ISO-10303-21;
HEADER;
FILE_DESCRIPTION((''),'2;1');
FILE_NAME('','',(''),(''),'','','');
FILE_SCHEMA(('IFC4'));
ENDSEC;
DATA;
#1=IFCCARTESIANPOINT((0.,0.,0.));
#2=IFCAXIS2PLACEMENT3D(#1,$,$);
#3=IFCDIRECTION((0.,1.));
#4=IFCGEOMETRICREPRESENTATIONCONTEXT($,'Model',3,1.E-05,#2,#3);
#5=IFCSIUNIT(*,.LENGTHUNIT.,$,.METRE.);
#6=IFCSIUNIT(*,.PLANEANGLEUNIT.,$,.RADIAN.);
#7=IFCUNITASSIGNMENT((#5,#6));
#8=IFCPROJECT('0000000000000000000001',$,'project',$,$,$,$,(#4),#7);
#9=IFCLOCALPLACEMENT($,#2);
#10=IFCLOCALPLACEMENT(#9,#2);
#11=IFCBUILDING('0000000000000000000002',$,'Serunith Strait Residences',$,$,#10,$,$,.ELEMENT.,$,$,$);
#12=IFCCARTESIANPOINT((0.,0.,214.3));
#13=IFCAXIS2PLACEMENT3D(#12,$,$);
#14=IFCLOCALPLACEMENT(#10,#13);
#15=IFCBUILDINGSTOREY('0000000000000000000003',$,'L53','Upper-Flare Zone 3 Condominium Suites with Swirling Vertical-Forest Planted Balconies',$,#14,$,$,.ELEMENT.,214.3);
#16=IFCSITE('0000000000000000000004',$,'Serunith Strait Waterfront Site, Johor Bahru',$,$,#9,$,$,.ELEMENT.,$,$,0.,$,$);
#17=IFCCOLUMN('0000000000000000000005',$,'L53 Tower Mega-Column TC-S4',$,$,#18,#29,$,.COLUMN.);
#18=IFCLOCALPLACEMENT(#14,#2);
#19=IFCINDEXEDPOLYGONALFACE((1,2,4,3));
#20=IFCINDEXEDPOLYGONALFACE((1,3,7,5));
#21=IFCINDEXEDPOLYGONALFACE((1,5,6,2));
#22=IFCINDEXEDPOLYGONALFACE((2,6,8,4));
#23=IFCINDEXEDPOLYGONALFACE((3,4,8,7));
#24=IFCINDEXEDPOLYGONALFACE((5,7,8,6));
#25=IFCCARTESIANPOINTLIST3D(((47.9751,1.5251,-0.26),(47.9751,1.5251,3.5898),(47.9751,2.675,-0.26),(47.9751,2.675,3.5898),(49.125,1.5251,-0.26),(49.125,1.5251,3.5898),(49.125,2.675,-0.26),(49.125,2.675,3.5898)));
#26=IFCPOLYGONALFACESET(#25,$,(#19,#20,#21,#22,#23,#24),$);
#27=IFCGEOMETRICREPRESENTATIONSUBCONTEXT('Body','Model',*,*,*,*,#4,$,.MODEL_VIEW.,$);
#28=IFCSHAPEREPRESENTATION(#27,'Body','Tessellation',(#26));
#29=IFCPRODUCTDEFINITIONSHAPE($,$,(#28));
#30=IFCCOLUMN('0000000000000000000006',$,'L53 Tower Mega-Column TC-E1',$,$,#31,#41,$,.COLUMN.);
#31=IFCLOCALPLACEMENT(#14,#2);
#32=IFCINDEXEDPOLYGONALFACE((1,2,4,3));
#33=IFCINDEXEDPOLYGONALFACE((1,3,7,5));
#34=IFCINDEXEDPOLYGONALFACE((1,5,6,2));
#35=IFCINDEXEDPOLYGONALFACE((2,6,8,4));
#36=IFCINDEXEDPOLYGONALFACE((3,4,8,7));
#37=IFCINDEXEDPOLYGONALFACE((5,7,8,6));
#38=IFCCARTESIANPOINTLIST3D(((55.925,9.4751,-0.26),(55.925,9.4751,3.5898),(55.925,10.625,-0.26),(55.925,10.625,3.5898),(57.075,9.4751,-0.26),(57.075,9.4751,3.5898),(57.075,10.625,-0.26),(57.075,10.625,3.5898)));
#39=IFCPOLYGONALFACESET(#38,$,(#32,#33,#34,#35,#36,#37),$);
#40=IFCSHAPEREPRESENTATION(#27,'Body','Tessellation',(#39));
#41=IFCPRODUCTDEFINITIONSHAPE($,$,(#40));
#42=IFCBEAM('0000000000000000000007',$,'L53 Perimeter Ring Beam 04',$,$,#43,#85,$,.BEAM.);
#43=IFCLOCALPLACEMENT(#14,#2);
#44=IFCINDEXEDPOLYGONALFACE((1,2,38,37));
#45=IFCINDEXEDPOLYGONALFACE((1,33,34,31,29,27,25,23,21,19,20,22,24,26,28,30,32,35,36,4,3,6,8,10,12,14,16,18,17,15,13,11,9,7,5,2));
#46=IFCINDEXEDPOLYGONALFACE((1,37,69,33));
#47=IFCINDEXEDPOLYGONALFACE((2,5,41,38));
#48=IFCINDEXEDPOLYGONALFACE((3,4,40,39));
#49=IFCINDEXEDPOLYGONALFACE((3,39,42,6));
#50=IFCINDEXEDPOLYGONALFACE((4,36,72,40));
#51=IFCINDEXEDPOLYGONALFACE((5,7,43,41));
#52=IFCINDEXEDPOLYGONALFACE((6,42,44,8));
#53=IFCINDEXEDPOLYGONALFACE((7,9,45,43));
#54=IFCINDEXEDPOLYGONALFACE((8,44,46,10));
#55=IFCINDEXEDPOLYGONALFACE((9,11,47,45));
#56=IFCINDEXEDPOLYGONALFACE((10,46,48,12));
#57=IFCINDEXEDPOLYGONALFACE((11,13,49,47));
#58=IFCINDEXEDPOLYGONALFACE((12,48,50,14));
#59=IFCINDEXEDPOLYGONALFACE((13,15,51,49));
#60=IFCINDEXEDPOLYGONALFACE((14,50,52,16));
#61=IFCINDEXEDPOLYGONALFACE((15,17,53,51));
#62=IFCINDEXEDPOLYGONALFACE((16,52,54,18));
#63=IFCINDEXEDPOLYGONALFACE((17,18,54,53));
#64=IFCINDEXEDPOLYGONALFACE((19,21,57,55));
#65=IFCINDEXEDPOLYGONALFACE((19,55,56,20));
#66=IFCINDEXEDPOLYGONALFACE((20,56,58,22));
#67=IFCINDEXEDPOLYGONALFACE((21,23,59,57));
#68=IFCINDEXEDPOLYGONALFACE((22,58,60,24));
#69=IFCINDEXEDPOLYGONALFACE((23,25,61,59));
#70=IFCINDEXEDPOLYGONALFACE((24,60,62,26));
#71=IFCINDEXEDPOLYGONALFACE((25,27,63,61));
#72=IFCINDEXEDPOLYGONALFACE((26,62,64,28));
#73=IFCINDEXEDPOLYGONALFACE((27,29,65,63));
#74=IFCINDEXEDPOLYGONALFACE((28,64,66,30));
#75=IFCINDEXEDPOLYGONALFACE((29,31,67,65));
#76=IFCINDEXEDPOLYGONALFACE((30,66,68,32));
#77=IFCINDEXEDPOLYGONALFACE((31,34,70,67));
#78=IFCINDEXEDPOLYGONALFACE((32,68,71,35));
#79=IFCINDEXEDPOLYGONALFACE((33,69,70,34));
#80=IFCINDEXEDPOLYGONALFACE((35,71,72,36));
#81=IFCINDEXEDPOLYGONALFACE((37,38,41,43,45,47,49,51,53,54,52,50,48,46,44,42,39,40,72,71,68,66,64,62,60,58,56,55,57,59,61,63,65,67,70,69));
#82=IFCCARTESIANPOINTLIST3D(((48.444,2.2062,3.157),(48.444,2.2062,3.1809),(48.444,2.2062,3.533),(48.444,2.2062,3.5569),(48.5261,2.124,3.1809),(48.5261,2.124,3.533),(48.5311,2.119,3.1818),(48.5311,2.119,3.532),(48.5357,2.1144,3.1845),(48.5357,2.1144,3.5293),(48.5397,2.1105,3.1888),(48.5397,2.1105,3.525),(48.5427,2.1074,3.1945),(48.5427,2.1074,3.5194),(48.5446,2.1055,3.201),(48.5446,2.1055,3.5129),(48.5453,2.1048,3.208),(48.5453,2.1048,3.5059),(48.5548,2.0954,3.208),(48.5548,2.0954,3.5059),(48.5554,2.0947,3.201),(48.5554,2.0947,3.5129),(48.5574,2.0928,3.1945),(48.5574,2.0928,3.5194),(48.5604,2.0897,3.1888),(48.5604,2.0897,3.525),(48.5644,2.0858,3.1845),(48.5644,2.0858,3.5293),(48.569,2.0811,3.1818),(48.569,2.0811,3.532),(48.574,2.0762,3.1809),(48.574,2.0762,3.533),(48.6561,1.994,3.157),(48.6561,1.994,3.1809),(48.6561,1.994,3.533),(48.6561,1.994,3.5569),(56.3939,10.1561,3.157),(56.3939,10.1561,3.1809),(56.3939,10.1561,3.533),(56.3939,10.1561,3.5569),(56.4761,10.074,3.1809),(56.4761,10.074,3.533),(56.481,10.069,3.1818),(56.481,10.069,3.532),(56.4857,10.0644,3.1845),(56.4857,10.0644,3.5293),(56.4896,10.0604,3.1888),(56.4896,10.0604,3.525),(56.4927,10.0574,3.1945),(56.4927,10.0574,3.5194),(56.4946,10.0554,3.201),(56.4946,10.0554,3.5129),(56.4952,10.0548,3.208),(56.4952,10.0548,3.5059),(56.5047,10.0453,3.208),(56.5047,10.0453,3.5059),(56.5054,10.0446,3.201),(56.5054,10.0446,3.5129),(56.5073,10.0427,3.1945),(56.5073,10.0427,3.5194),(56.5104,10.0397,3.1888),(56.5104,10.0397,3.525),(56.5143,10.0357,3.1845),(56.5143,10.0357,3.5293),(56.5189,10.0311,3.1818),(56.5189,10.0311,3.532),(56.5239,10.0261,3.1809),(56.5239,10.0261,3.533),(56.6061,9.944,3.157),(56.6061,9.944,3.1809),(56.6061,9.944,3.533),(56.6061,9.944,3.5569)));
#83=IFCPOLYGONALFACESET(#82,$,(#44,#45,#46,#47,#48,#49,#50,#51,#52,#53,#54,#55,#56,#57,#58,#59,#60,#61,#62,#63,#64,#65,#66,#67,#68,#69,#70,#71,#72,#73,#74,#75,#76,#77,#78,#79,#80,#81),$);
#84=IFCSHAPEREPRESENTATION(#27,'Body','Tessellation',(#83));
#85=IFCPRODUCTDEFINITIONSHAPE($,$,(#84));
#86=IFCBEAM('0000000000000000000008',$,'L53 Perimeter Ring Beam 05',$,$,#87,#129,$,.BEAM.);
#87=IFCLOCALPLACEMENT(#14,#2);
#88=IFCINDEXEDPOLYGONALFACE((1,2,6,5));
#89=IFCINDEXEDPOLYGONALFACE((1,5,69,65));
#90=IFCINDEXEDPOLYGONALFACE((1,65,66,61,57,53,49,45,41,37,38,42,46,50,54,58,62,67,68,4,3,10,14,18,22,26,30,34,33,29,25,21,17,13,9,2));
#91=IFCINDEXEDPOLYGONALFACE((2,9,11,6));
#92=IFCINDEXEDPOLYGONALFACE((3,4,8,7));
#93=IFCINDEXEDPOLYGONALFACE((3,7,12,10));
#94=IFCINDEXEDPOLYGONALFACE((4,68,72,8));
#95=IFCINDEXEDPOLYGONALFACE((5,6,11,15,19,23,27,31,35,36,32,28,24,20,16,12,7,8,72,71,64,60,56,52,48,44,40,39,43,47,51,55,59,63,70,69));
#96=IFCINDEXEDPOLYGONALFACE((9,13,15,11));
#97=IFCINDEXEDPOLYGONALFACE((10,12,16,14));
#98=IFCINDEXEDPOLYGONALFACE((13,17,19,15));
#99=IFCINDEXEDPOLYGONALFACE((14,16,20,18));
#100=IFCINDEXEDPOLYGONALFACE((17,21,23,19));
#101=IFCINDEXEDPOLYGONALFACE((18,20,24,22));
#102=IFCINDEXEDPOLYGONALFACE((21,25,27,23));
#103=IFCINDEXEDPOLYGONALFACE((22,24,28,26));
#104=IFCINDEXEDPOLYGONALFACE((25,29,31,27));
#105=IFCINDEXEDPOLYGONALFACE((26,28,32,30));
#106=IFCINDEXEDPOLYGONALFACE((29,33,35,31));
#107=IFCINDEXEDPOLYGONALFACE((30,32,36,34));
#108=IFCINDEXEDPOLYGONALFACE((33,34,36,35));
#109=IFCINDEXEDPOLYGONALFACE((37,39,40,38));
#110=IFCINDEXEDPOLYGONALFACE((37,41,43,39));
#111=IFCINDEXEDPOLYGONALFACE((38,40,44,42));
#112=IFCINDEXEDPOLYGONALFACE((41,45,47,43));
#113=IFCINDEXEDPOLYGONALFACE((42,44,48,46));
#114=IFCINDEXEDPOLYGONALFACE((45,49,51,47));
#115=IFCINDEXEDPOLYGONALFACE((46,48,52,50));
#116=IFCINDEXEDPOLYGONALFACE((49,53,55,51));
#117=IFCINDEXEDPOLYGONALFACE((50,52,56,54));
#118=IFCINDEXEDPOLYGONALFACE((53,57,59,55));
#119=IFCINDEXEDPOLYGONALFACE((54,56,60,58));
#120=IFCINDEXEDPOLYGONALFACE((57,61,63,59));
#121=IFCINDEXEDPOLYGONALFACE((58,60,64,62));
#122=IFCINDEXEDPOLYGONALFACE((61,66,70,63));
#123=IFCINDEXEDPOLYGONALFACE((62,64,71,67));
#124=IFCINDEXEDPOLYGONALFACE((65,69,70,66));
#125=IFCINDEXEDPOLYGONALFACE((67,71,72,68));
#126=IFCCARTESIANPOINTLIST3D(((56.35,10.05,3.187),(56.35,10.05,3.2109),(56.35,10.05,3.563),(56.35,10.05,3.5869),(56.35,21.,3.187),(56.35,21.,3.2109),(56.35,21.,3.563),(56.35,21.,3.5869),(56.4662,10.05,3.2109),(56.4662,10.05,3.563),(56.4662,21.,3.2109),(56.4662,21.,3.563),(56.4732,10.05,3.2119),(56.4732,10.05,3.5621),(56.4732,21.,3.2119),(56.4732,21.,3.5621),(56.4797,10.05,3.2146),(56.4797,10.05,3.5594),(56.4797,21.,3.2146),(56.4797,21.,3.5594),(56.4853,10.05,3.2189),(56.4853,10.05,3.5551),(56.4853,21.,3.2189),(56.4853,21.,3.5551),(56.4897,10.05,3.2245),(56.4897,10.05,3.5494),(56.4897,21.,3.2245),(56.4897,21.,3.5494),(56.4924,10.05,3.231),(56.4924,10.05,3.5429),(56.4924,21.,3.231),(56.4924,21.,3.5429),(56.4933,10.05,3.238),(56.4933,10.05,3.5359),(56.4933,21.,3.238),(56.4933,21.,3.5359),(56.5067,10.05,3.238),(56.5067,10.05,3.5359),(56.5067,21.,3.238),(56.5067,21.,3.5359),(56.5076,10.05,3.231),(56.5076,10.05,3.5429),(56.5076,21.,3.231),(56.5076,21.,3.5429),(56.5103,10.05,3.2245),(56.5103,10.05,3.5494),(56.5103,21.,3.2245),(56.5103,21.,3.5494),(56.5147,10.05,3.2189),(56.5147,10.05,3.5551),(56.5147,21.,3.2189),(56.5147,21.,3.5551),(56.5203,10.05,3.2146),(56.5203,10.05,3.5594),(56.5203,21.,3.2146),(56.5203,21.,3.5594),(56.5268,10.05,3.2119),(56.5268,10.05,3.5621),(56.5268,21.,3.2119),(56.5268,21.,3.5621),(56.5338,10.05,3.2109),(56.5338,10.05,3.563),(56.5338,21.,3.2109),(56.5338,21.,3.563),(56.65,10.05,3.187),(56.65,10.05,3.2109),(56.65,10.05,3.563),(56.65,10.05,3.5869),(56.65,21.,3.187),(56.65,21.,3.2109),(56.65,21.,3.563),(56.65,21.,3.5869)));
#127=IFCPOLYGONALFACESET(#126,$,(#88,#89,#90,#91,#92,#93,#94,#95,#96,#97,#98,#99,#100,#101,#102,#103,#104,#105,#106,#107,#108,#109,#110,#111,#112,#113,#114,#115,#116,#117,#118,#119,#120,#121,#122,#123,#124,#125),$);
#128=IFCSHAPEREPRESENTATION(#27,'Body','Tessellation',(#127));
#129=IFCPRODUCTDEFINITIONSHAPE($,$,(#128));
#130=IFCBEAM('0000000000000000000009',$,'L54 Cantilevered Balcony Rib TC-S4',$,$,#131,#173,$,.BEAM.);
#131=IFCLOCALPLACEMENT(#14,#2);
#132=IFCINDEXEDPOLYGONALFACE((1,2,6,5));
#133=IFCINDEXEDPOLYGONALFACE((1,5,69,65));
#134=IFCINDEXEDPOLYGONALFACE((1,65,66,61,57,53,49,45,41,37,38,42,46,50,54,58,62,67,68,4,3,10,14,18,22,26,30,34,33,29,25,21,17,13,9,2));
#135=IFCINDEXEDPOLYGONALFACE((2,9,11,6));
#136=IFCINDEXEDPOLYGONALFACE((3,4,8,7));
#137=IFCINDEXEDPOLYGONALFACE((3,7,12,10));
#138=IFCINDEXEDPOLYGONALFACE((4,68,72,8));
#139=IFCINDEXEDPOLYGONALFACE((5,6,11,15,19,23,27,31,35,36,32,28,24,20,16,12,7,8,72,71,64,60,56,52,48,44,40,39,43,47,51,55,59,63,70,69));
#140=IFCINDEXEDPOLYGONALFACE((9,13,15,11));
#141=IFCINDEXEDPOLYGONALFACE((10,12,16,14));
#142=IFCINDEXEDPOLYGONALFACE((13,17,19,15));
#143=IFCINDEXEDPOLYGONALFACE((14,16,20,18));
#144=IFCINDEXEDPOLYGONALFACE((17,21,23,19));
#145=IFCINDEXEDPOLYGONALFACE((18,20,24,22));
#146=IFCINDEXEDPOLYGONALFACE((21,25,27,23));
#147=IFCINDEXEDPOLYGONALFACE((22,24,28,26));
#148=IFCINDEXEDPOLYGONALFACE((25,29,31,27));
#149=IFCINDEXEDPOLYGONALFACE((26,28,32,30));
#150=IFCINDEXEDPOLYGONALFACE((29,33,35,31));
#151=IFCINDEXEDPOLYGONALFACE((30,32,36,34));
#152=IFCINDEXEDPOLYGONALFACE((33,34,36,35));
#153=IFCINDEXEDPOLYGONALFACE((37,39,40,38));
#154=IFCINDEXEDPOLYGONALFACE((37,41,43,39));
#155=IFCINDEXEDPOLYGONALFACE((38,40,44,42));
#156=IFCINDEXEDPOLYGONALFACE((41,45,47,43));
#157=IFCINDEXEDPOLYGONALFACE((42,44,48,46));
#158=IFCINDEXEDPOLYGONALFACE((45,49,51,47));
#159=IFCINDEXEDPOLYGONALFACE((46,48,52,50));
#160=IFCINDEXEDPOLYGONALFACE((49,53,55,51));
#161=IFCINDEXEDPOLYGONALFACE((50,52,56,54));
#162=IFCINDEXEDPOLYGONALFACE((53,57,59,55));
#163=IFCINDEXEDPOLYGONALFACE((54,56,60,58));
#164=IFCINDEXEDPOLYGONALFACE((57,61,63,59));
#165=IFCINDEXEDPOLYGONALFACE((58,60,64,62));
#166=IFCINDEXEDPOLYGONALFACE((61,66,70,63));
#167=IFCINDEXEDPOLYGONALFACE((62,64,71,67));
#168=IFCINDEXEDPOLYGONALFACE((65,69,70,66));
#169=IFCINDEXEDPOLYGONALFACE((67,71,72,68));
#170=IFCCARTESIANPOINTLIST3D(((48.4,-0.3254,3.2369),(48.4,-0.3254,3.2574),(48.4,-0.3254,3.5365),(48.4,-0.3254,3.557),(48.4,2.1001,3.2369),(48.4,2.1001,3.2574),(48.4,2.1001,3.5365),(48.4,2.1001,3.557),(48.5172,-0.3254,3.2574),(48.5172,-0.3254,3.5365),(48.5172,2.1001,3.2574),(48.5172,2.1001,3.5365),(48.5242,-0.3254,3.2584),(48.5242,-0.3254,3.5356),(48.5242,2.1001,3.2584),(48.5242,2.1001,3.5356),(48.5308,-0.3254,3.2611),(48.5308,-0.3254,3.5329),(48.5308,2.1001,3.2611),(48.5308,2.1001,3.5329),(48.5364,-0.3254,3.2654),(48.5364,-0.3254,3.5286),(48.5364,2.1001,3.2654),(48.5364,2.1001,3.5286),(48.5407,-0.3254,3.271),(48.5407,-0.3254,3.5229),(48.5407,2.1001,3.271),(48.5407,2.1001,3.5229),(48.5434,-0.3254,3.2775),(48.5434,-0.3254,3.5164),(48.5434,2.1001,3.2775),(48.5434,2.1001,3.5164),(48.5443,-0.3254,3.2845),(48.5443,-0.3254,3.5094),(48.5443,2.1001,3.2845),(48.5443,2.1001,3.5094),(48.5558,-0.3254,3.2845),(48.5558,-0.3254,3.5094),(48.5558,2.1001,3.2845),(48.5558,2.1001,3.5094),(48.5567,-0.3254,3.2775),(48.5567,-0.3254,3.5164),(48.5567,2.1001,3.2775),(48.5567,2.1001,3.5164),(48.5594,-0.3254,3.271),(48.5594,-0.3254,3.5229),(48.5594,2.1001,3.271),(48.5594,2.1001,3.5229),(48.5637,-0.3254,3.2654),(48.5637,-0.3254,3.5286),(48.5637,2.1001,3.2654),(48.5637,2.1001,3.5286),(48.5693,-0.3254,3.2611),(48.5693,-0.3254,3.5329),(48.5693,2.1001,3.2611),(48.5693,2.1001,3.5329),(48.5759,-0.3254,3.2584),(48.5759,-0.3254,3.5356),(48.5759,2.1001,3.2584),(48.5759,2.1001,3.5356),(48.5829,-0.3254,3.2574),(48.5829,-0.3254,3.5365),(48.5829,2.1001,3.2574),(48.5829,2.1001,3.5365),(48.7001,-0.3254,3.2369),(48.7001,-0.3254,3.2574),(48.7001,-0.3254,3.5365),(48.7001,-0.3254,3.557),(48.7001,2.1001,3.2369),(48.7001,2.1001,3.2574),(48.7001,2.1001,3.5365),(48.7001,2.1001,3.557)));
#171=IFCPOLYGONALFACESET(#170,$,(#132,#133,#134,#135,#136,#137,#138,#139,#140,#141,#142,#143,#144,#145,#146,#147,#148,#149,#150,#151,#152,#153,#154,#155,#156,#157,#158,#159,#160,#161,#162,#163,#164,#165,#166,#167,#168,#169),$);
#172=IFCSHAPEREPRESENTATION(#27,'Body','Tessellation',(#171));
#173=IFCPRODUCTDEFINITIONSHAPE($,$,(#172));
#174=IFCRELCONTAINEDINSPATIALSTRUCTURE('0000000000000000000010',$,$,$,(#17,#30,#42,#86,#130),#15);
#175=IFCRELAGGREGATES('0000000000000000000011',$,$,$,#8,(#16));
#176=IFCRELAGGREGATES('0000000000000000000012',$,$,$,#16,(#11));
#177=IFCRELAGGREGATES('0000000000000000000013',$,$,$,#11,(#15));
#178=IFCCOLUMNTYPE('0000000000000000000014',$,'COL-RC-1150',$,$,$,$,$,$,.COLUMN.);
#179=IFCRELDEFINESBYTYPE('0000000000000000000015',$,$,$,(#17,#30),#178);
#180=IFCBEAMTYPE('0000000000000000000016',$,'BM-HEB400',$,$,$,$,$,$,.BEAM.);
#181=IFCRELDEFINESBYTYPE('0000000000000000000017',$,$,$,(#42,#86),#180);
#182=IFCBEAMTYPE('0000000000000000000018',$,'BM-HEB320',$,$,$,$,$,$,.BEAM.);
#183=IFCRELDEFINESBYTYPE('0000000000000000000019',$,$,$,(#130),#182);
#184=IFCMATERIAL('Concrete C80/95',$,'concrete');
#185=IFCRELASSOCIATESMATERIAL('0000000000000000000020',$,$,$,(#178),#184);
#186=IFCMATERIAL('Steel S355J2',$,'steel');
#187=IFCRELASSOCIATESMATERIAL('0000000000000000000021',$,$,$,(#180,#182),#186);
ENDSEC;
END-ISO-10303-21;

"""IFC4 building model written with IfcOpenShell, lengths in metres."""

from ifc_helpers import new_model, si_unit, direction, frame, origin, origin_2d, place, context, subcontext, project, spatial, rectangle, i_section, extrude, source, transform, mapped, material, material_profile, profile_set, type_object, element, save


model = new_model("IFC4")

# Units and contexts
model_context = context("Model", 3, precision=1e-05, world=origin(), true_north=direction((0.0, 1.0)))
body_context = subcontext(model_context, "Body", "Model", "MODEL_VIEW")
ifc_project = project(units=[si_unit("LENGTHUNIT", "METRE"), si_unit("PLANEANGLEUNIT", "RADIAN")], contexts=[model_context])

# Site, building, storey
site_placement = place(None, origin())
site = spatial("IfcSite", under=ifc_project, at=site_placement, Name="Serunith Strait Waterfront Site, Johor Bahru", CompositionType="ELEMENT", RefElevation=0.0)
building_placement = place(site_placement, origin())
building = spatial("IfcBuilding", under=site, at=building_placement, Name="Serunith Strait Residences", CompositionType="ELEMENT")
storey_placement = place(building_placement, frame((0.0, 0.0, 214.3)))
storey = spatial("IfcBuildingStorey", under=building, at=storey_placement, Name="L53", Description="Upper-Flare Zone 3 Condominium Suites with Swirling Vertical-Forest Planted Balconies", CompositionType="ELEMENT", Elevation=214.3)

# Columns
ifc_material_1 = material(Name="Concrete C80/95", Category="concrete")
ifc_material_profile_1 = material_profile(ifc_material_1, rectangle(XDim=1.1499, YDim=1.1499, at=origin_2d()), Name="RC 1150x1150")
ifc_profile_set_1 = profile_set([ifc_material_profile_1], Name="Concrete C80/95")
column_type = type_object("IfcColumnType", Name="COL-RC-1150", PredefinedType="COLUMN", material=ifc_profile_set_1)
shared_shape_1 = source(origin(), body_context, "Body", "SweptSolid", [
    extrude(rectangle(XDim=1.1499, YDim=1.1499, at=origin_2d()), origin(), (0.0, 0.0, 1.0), 3.8499),
])
for number, where, z_axis, x_axis, name in (
    (1, (48.55, 2.1001, -0.26), (0.0, 0.0, 1.0), (1.0, 0.0, 0.0), "L53 Tower Mega-Column TC-S4"),
    (2, (56.5, 10.05, -0.26), (0.0, 0.0, 1.0), (1.0, 0.0, 0.0), "L53 Tower Mega-Column TC-E1"),
):
    element("IfcColumn", number, at=place(storey_placement, frame(where, z_axis=z_axis, x_axis=x_axis)), inside=storey, type_object=column_type, Name=name, PredefinedType="COLUMN", context=body_context, shape_type="MappedRepresentation", body=[
        mapped(shared_shape_1, transform((0.0, 0.0, 0.0), scale=1.0)),
    ])

# Beams
ifc_material_2 = material(Name="Steel S355J2", Category="steel")
ifc_material_profile_2 = material_profile(ifc_material_2, i_section(OverallWidth=0.3, OverallDepth=0.3999, WebThickness=0.0134, FlangeThickness=0.0239, FilletRadius=0.0271, at=origin_2d()), Name="HEB 400")
ifc_profile_set_2 = profile_set([ifc_material_profile_2], Name="Steel S355J2")
beam_type_1 = type_object("IfcBeamType", Name="BM-HEB400", PredefinedType="BEAM", material=ifc_profile_set_2)
shared_shape_2 = source(origin(), body_context, "Body", "SweptSolid", [
    extrude(i_section(OverallWidth=0.3, OverallDepth=0.3999, WebThickness=0.0134, FlangeThickness=0.0239, FilletRadius=0.0271, at=origin_2d()), origin(), (0.0, 0.0, 1.0), 11.2429),
])
beam_1_placement = place(storey_placement, frame((48.55, 2.1001, 3.3569), z_axis=(0.707107, 0.707107, 0.0), x_axis=(-0.707107, 0.707107, 0.0)))
element("IfcBeam", 3, at=beam_1_placement, inside=storey, type_object=beam_type_1, Name="L53 Perimeter Ring Beam 04", PredefinedType="BEAM", context=body_context, shape_type="MappedRepresentation", body=[
    mapped(shared_shape_2, transform((0.0, 0.0, 0.0), scale=1.0)),
])
shared_shape_3 = source(origin(), body_context, "Body", "SweptSolid", [
    extrude(i_section(OverallWidth=0.3, OverallDepth=0.3999, WebThickness=0.0134, FlangeThickness=0.0239, FilletRadius=0.0271, at=origin_2d()), origin(), (0.0, 0.0, 1.0), 10.95),
])
beam_2_placement = place(storey_placement, frame((56.5, 10.05, 3.387), z_axis=(0.0, 1.0, 0.0), x_axis=(-1.0, 0.0, 0.0)))
element("IfcBeam", 4, at=beam_2_placement, inside=storey, type_object=beam_type_1, Name="L53 Perimeter Ring Beam 05", PredefinedType="BEAM", context=body_context, shape_type="MappedRepresentation", body=[
    mapped(shared_shape_3, transform((0.0, 0.0, 0.0), scale=1.0)),
])
ifc_material_profile_3 = material_profile(ifc_material_2, i_section(OverallWidth=0.3, OverallDepth=0.3201, WebThickness=0.0115, FlangeThickness=0.0205, FilletRadius=0.0271, at=origin_2d()), Name="HEB 320")
ifc_profile_set_3 = profile_set([ifc_material_profile_3], Name="Steel S355J2")
beam_type_2 = type_object("IfcBeamType", Name="BM-HEB320", PredefinedType="BEAM", material=ifc_profile_set_3)
shared_shape_4 = source(origin(), body_context, "Body", "SweptSolid", [
    extrude(i_section(OverallWidth=0.3, OverallDepth=0.3201, WebThickness=0.0115, FlangeThickness=0.0205, FilletRadius=0.0271, at=origin_2d()), origin(), (0.0, 0.0, 1.0), 2.4255),
])
beam_3_placement = place(storey_placement, frame((48.55, 2.1001, 3.397), z_axis=(0.0, -1.0, 0.0), x_axis=(1.0, 0.0, 0.0)))
element("IfcBeam", 5, at=beam_3_placement, inside=storey, type_object=beam_type_2, Name="L54 Cantilevered Balcony Rib TC-S4", PredefinedType="BEAM", context=body_context, shape_type="MappedRepresentation", body=[
    mapped(shared_shape_4, transform((0.0, 0.0, 0.0), scale=1.0)),
])

save(model, "model.ifc")
